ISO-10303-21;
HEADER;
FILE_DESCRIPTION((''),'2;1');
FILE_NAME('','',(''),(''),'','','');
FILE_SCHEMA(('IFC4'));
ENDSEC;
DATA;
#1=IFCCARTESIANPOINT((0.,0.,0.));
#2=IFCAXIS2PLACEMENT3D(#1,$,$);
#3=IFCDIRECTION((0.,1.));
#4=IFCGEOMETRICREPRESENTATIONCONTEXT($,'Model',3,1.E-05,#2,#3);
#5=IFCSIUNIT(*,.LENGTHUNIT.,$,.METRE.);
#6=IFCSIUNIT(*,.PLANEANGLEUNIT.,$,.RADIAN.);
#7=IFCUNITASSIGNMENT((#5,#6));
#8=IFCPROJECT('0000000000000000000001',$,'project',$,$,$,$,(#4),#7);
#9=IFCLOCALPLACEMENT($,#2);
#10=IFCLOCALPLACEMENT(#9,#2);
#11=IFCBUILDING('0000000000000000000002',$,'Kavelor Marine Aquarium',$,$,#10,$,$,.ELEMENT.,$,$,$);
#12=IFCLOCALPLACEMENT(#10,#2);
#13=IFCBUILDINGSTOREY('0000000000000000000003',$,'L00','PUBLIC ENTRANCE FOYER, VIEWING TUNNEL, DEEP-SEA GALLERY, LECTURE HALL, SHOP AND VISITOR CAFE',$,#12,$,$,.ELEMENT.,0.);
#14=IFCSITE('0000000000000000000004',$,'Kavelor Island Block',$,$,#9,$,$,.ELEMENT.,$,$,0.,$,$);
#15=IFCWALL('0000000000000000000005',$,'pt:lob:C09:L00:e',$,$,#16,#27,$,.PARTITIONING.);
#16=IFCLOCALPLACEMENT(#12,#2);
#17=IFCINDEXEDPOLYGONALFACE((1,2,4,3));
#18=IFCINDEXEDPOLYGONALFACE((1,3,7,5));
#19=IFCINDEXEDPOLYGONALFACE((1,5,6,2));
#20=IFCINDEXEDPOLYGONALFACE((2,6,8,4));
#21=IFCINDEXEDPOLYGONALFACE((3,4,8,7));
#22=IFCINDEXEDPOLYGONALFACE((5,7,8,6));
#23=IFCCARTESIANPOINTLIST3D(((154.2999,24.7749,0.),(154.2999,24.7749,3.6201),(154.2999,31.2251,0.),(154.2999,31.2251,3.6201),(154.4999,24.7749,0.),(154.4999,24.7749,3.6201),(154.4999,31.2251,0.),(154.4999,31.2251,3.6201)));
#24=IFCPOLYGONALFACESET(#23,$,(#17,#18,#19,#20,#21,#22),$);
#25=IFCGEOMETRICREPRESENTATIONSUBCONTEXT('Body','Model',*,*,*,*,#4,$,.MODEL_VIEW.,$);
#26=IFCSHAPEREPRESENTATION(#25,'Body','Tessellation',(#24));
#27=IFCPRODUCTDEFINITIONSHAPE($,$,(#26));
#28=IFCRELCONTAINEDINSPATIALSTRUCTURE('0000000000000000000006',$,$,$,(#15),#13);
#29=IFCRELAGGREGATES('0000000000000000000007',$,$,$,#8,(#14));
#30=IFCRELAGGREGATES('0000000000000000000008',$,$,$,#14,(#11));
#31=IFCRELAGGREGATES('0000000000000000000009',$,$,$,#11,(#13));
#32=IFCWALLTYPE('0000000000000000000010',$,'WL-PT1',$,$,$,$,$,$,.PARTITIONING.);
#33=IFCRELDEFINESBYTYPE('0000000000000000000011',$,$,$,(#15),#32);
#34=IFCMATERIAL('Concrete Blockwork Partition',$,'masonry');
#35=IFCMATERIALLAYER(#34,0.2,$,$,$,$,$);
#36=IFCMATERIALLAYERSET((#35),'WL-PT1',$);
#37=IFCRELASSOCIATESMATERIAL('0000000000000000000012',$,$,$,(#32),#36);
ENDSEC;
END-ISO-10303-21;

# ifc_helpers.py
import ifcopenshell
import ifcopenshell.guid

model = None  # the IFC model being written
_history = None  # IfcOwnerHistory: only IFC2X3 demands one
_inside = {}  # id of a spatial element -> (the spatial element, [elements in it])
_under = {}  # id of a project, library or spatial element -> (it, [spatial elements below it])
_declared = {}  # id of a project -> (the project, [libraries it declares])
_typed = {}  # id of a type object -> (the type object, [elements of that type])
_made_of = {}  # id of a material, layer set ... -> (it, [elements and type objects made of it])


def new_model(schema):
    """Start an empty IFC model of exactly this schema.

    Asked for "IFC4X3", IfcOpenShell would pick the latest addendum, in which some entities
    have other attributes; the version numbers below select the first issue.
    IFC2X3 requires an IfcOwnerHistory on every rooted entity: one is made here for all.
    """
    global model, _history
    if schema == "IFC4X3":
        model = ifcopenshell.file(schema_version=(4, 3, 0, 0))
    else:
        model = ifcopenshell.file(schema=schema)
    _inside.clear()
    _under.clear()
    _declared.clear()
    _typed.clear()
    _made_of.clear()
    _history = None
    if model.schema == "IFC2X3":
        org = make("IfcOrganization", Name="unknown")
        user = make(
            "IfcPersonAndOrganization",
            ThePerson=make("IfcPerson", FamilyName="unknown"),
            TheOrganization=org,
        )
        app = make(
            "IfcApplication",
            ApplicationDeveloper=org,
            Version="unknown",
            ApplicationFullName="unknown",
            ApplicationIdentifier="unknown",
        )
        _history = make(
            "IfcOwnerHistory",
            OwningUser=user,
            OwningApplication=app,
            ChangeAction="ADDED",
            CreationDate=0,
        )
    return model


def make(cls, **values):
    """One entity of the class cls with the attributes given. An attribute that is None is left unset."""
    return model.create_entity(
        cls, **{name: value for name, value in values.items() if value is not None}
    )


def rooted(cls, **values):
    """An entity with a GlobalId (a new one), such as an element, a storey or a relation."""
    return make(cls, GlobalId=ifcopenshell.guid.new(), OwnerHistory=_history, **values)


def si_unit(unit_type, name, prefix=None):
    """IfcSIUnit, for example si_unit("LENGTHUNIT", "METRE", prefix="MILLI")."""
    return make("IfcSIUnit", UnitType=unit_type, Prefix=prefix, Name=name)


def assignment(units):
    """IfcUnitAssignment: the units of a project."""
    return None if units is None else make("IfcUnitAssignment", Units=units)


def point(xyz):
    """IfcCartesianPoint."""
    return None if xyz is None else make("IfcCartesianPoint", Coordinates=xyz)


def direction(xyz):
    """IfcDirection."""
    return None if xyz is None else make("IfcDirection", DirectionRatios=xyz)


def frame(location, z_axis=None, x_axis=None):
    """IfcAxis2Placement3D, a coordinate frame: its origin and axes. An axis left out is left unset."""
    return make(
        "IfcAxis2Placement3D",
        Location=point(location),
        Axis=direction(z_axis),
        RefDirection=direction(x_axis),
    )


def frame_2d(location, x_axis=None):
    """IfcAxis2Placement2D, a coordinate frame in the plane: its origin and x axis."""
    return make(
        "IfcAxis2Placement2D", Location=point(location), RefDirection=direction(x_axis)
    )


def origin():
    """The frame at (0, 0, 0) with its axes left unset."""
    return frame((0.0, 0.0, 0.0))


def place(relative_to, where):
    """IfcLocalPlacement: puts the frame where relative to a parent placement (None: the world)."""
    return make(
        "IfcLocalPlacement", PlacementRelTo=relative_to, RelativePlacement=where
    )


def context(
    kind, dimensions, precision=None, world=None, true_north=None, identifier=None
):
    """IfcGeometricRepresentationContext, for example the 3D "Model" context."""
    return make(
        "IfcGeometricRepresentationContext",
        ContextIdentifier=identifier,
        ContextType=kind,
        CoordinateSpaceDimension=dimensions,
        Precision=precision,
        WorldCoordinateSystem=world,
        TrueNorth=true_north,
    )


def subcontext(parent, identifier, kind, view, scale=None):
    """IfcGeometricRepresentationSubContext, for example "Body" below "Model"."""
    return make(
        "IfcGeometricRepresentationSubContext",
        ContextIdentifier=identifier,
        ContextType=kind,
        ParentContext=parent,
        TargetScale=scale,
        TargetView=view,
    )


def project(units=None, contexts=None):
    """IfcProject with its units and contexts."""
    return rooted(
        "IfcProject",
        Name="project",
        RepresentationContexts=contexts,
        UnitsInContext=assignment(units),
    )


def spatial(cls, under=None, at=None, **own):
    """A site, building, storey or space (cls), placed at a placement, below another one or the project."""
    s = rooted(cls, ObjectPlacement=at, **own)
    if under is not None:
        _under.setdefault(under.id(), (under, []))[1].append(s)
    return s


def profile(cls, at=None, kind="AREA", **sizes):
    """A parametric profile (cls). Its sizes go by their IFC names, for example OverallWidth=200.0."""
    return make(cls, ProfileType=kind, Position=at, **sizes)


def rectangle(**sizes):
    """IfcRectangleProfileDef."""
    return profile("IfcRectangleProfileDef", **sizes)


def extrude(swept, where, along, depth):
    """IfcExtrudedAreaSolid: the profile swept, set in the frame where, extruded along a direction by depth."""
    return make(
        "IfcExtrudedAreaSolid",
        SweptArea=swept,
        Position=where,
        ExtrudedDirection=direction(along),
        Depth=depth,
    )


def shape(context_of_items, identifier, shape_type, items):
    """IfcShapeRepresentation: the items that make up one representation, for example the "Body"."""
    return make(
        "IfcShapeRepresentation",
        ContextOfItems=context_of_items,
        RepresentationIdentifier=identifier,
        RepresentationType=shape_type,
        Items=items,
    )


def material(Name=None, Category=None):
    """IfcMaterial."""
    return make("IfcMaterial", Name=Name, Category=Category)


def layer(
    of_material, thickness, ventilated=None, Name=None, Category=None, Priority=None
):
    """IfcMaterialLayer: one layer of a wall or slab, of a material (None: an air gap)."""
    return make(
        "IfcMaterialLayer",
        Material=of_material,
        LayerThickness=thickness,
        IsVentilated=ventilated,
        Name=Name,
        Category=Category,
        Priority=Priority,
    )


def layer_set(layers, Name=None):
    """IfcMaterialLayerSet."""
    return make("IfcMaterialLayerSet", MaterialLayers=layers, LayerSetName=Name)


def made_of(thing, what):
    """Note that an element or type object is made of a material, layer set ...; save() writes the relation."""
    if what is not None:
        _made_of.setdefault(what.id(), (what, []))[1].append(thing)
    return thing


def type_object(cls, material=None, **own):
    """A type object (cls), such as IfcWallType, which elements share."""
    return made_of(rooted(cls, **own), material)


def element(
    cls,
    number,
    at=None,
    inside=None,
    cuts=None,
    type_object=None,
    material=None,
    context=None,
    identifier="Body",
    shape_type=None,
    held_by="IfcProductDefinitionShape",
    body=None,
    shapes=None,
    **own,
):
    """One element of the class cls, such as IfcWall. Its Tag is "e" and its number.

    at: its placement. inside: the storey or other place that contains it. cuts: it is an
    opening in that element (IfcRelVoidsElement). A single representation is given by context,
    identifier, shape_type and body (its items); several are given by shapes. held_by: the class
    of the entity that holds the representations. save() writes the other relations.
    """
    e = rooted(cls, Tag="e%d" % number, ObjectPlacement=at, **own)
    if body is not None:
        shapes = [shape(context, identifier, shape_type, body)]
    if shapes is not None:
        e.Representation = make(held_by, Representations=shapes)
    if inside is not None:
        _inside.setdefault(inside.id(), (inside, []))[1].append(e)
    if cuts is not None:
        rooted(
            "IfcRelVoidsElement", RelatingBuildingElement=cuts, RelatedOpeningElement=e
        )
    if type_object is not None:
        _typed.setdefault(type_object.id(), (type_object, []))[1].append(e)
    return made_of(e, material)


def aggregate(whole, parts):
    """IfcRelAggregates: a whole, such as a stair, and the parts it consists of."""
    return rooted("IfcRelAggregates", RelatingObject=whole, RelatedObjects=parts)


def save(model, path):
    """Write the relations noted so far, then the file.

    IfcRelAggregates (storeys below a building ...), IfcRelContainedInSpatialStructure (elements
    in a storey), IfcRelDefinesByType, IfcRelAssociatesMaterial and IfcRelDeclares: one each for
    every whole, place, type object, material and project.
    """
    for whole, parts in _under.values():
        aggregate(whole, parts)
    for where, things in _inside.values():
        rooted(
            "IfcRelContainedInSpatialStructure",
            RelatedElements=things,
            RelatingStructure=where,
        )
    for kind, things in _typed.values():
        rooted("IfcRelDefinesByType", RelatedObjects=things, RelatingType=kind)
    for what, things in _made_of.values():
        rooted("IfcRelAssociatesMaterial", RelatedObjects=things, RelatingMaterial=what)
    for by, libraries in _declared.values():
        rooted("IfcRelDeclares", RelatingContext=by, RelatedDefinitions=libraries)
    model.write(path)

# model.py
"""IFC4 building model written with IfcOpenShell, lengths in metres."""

from ifc_helpers import new_model, si_unit, direction, frame, frame_2d, origin, place, context, subcontext, project, spatial, rectangle, extrude, material, layer, layer_set, type_object, element, save


model = new_model("IFC4")

# Units and contexts
model_context = context("Model", 3, precision=1e-05, world=origin(), true_north=direction((0.0, 1.0)))
body_context = subcontext(model_context, "Body", "Model", "MODEL_VIEW")
ifc_project = project(units=[si_unit("LENGTHUNIT", "METRE"), si_unit("PLANEANGLEUNIT", "RADIAN")], contexts=[model_context])

# Site, building, storey
site_placement = place(None, origin())
site = spatial("IfcSite", under=ifc_project, at=site_placement, Name="Kavelor Island Block", CompositionType="ELEMENT", RefElevation=0.0)
building_placement = place(site_placement, origin())
building = spatial("IfcBuilding", under=site, at=building_placement, Name="Kavelor Marine Aquarium", CompositionType="ELEMENT")
storey_placement = place(building_placement, origin())
storey = spatial("IfcBuildingStorey", under=building, at=storey_placement, Name="L00", Description="PUBLIC ENTRANCE FOYER, VIEWING TUNNEL, DEEP-SEA GALLERY, LECTURE HALL, SHOP AND VISITOR CAFE", CompositionType="ELEMENT", Elevation=0.0)

# Wall
ifc_material_1 = material(Name="Concrete Blockwork Partition", Category="masonry")
ifc_layer_1 = layer(ifc_material_1, 0.2)
ifc_layer_set_1 = layer_set([ifc_layer_1], Name="WL-PT1")
wall_type = type_object("IfcWallType", Name="WL-PT1", PredefinedType="PARTITIONING", material=ifc_layer_set_1)
wall_placement = place(storey_placement, frame((154.3999, 24.7749, 0.0), z_axis=(0.0, 0.0, 1.0), x_axis=(0.0, 1.0, 0.0)))
element("IfcWall", 1, at=wall_placement, inside=storey, type_object=wall_type, Name="pt:lob:C09:L00:e", PredefinedType="PARTITIONING", context=body_context, shape_type="SweptSolid", body=[
    extrude(rectangle(XDim=6.4502, YDim=0.2, at=frame_2d((3.2251, 0.0))), origin(), (0.0, 0.0, 1.0), 3.6201),
])

save(model, "model.ifc")
